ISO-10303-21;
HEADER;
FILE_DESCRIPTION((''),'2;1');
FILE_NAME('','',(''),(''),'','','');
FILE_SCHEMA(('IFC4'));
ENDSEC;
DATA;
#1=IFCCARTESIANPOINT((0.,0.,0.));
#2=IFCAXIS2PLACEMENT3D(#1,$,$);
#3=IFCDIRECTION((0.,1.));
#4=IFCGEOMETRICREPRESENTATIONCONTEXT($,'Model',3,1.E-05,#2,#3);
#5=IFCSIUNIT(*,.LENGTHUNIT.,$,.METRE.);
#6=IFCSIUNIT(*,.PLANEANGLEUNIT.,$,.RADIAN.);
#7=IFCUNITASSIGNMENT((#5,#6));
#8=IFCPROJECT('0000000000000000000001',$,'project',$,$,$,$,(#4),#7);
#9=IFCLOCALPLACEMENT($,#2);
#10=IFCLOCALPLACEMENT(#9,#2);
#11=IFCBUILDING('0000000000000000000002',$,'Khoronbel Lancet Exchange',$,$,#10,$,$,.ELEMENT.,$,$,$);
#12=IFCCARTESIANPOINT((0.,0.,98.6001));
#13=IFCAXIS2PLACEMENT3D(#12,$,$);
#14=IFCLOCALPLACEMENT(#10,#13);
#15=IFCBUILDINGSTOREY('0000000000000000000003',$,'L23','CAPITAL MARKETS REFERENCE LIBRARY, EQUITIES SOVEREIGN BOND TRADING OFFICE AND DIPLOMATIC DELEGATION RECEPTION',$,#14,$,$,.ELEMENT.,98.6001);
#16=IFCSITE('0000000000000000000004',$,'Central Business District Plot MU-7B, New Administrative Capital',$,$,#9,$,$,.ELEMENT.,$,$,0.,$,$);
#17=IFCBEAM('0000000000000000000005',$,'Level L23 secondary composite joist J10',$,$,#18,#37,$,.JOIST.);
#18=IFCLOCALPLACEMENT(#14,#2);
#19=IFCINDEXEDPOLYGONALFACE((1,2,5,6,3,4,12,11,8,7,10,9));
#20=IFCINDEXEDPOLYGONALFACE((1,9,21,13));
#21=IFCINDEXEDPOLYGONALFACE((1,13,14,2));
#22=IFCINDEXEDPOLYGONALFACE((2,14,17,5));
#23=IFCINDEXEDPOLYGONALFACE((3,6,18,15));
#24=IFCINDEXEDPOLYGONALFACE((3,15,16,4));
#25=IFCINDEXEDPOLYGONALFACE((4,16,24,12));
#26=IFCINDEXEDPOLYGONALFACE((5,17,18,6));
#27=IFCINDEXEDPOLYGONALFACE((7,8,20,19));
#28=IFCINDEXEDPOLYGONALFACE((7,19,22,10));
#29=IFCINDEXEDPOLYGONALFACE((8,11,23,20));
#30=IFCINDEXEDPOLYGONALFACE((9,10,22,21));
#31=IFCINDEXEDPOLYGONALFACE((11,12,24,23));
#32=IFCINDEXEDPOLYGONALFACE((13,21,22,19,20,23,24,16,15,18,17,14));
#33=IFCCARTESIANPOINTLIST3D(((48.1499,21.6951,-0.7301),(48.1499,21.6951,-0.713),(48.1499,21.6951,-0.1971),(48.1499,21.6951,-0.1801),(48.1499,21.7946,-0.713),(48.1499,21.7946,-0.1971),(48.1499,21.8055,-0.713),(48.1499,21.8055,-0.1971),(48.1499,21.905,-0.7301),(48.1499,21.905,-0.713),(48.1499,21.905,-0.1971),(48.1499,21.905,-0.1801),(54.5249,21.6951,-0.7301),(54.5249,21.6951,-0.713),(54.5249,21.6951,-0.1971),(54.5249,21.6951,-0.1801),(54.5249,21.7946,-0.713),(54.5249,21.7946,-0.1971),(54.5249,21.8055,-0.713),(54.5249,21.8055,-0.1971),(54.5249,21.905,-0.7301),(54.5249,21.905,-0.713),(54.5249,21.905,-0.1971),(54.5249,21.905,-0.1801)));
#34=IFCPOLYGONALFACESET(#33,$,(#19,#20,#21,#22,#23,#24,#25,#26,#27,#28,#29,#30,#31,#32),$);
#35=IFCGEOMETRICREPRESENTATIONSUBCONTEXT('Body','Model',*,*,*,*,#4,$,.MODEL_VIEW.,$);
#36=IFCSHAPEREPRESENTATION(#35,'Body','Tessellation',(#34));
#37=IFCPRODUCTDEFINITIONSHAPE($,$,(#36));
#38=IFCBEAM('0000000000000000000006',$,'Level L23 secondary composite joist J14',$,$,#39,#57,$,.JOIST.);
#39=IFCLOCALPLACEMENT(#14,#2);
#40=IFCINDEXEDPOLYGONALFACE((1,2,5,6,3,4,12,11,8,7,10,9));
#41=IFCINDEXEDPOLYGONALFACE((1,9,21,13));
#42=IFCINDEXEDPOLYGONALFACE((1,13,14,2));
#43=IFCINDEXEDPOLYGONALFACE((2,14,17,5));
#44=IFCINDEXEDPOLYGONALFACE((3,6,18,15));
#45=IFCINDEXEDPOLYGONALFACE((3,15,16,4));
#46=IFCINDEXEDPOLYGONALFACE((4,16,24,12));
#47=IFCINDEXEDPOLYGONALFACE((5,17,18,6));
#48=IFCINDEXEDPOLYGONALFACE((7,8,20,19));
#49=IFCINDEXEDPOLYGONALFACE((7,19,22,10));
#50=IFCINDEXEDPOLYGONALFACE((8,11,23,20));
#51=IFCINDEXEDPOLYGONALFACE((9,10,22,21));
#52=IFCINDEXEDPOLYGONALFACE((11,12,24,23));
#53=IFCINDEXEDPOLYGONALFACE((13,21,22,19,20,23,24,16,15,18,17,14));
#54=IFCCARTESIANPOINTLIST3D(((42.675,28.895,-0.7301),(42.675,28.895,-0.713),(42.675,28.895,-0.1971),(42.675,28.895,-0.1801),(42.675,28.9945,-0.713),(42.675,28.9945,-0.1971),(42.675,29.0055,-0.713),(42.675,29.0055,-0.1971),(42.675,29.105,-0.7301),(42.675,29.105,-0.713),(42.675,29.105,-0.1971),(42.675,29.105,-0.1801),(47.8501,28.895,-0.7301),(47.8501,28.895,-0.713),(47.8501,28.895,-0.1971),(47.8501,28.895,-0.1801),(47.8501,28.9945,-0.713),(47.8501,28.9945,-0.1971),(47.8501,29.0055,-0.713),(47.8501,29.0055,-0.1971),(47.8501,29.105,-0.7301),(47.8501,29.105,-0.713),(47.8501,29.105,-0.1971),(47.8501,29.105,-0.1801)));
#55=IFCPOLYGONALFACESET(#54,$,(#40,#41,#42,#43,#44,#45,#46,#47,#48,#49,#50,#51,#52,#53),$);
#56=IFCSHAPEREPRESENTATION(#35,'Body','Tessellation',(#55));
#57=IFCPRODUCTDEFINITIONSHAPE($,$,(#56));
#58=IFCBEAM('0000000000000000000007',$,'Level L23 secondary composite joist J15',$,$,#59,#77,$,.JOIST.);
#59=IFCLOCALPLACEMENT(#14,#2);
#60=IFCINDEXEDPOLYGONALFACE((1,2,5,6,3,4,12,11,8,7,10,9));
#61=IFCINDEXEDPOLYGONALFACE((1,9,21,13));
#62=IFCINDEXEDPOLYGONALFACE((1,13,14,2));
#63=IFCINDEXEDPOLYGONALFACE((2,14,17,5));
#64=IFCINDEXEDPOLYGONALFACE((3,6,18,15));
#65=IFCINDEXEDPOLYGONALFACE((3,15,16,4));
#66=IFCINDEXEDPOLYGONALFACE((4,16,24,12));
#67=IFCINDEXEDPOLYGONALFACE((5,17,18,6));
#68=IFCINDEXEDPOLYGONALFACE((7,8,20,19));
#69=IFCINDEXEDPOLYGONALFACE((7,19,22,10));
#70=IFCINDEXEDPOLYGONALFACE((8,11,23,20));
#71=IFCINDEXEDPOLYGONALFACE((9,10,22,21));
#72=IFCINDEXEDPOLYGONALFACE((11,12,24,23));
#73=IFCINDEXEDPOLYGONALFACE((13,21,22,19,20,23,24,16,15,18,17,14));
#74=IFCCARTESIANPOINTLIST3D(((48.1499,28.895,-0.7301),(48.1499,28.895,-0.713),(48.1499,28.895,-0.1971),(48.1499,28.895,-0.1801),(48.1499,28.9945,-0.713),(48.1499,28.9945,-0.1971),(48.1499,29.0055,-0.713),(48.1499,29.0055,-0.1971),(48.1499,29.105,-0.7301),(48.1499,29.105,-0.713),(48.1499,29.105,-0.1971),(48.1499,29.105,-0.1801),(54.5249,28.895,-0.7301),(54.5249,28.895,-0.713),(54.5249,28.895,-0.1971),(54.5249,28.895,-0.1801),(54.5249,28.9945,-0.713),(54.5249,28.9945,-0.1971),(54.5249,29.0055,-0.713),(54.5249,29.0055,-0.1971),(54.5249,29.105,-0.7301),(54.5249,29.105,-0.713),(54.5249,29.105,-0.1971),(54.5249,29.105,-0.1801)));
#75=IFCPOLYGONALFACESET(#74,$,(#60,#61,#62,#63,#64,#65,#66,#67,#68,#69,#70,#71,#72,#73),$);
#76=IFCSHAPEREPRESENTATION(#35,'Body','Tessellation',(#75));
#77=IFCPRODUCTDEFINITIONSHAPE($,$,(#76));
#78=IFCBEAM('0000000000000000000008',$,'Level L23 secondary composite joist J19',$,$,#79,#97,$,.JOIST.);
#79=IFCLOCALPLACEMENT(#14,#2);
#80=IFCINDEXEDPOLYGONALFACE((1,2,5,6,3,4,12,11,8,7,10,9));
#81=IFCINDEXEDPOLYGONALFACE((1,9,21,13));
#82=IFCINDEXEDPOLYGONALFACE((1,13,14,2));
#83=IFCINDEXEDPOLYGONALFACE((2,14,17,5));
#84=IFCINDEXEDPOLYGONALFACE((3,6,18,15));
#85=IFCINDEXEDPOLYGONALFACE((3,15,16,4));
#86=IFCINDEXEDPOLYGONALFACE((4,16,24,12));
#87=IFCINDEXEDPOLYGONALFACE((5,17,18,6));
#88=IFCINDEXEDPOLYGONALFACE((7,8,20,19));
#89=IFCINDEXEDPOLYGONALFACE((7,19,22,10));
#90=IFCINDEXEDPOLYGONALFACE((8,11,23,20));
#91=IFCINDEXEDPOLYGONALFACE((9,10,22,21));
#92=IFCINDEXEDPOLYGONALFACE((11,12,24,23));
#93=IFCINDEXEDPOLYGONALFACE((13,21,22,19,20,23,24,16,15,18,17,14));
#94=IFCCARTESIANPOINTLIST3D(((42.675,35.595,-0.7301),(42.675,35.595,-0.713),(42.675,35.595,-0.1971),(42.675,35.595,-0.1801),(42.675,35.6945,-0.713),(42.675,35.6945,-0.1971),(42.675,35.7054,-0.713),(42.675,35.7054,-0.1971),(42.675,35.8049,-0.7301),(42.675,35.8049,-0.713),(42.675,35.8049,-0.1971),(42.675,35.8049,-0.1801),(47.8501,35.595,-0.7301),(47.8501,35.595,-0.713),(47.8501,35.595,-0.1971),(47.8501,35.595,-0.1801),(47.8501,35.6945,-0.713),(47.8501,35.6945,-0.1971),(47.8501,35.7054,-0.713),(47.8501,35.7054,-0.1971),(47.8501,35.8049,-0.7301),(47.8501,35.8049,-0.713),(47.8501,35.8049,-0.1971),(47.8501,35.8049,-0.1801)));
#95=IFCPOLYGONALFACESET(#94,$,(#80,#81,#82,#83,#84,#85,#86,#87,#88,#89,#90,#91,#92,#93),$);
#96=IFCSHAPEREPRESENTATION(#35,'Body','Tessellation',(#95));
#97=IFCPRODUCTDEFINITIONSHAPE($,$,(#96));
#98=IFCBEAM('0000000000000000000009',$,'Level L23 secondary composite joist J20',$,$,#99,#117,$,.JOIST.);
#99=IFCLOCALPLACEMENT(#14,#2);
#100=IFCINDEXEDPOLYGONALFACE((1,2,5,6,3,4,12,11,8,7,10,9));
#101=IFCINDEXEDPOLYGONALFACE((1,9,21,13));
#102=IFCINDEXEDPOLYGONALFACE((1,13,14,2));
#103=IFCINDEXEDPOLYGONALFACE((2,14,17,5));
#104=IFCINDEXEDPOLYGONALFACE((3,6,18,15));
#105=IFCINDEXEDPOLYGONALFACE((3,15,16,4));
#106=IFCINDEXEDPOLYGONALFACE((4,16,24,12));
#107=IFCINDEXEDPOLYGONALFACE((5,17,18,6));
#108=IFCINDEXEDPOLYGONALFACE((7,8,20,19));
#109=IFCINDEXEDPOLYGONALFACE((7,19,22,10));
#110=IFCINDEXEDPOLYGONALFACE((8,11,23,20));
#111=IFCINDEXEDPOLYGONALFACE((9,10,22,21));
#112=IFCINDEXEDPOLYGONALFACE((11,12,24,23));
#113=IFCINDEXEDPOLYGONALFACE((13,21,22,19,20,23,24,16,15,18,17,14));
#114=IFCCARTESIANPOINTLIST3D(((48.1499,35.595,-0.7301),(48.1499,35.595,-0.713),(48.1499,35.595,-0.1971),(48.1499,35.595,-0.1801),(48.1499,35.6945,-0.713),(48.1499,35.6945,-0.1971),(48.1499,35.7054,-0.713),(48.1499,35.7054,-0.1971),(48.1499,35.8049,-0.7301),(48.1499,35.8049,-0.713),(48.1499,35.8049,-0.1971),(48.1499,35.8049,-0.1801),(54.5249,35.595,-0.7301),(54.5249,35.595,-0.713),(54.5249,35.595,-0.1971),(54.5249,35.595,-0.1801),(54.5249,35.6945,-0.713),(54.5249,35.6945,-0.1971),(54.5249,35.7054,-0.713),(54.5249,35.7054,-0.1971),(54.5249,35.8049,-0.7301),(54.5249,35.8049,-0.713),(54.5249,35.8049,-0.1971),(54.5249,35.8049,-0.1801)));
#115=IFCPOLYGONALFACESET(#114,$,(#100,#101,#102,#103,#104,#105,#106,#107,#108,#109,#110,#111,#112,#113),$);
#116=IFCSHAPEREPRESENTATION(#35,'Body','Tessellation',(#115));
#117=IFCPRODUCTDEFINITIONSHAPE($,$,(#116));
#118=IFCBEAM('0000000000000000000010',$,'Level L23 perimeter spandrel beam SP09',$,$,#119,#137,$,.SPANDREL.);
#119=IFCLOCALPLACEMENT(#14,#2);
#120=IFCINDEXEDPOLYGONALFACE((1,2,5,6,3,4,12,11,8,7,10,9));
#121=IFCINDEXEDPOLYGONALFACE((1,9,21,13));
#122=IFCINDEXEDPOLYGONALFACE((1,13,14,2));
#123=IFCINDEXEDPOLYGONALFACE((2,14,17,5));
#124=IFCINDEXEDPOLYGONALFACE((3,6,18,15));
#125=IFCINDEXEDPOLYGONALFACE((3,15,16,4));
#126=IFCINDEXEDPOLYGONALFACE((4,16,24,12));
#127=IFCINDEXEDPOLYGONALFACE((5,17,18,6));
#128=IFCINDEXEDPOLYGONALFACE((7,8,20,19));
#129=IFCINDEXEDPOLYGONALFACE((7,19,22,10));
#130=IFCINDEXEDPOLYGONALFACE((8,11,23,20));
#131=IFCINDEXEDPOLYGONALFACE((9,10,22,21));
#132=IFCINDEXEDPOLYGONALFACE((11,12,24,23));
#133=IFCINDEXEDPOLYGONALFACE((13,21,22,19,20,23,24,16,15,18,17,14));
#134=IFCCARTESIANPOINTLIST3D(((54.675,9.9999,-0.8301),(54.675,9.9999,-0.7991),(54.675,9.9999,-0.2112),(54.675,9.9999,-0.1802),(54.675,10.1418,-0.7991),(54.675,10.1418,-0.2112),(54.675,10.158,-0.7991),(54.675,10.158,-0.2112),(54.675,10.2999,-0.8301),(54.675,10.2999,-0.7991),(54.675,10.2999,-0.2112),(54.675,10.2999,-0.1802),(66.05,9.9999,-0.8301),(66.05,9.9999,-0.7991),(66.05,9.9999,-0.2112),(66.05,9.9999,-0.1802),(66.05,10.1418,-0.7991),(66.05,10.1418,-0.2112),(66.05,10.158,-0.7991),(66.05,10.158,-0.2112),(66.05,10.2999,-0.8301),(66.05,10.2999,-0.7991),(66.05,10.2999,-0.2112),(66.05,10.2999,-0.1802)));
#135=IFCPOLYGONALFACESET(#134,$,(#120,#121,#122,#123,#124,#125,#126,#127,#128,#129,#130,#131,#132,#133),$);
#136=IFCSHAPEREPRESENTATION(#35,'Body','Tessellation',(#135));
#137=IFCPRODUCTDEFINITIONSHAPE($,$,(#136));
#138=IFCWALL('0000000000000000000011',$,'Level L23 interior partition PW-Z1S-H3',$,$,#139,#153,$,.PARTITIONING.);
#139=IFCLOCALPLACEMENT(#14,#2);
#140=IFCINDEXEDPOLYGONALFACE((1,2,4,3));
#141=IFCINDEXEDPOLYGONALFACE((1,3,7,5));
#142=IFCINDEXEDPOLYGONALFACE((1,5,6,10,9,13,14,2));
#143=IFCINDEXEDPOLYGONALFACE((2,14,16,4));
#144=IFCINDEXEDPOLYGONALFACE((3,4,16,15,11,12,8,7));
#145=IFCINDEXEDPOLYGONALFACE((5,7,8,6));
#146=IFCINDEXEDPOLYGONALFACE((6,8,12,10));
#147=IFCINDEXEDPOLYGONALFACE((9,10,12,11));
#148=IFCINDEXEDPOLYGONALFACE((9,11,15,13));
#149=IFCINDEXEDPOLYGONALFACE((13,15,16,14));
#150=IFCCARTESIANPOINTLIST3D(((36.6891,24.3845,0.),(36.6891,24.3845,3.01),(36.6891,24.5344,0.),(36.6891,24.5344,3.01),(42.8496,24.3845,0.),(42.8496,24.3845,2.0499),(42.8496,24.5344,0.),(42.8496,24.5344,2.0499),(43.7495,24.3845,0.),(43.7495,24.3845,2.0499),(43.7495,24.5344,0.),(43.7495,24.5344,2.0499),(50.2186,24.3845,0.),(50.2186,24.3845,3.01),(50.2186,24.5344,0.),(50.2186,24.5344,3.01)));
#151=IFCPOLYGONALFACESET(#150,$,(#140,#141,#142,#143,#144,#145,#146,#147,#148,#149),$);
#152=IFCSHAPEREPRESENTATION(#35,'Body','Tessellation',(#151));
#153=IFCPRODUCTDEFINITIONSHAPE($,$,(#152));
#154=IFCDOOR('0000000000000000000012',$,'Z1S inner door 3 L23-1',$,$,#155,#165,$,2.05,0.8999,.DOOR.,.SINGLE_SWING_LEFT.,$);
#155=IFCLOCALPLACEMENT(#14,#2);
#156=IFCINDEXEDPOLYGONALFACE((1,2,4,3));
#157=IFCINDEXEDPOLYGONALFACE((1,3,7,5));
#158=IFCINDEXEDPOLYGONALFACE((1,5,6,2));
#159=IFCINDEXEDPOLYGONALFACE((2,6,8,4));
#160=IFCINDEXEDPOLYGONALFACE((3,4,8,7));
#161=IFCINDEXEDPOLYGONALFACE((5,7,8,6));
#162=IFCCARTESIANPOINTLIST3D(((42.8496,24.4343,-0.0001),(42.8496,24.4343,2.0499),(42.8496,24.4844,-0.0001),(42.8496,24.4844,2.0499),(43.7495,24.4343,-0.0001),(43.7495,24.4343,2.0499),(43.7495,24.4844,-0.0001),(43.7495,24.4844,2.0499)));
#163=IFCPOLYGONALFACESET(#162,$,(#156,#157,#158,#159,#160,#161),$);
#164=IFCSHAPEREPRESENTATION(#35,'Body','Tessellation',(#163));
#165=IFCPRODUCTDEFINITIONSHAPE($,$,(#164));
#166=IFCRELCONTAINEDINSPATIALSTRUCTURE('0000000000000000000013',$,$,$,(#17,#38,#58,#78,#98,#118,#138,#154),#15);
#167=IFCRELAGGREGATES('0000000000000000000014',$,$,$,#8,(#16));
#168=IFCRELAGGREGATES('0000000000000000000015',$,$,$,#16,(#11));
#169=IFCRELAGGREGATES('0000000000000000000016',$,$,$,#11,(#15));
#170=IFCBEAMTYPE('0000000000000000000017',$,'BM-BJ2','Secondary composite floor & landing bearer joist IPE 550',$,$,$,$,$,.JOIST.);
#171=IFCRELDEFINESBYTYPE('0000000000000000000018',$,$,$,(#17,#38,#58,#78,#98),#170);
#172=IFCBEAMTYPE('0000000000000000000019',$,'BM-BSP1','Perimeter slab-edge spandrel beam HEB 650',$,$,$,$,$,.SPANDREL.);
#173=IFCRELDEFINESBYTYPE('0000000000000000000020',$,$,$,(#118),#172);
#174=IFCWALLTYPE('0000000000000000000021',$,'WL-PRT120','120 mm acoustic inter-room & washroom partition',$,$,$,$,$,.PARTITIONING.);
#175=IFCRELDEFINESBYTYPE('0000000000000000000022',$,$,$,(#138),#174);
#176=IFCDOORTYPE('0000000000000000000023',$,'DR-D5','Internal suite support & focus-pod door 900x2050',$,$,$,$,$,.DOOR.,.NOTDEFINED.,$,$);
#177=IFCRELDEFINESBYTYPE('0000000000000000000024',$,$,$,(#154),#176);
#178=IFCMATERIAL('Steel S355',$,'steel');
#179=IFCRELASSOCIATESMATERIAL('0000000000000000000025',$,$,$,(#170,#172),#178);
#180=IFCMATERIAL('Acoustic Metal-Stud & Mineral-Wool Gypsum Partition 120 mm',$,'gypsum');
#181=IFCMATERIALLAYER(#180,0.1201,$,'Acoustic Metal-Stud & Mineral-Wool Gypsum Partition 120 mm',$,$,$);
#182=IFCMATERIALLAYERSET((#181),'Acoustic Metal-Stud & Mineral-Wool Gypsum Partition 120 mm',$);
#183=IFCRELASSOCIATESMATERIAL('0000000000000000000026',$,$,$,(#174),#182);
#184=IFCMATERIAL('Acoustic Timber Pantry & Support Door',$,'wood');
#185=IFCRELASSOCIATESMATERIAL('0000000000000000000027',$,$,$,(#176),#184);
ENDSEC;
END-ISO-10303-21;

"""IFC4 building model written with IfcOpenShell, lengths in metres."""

from ifc_helpers import new_model, si_unit, direction, frame, frame_2d, origin, origin_2d, place, context, subcontext, project, spatial, rectangle, i_section, extrude, material, layer, layer_set, material_profile, profile_set, type_object, element, fill, save


model = new_model("IFC4")

# Units and contexts
model_context = context("Model", 3, precision=1e-05, world=origin(), true_north=direction((0.0, 1.0)))
body_context = subcontext(model_context, "Body", "Model", "MODEL_VIEW")
ifc_project = project(units=[si_unit("LENGTHUNIT", "METRE"), si_unit("PLANEANGLEUNIT", "RADIAN")], contexts=[model_context])

# Site, building, storey
site_placement = place(None, origin())
site = spatial("IfcSite", under=ifc_project, at=site_placement, Name="Central Business District Plot MU-7B, New Administrative Capital", CompositionType="ELEMENT", RefElevation=0.0)
building_placement = place(site_placement, origin())
building = spatial("IfcBuilding", under=site, at=building_placement, Name="Khoronbel Lancet Exchange", CompositionType="ELEMENT")
storey_placement = place(building_placement, frame((0.0, 0.0, 98.6001)))
storey = spatial("IfcBuildingStorey", under=building, at=storey_placement, Name="L23", Description="CAPITAL MARKETS REFERENCE LIBRARY, EQUITIES SOVEREIGN BOND TRADING OFFICE AND DIPLOMATIC DELEGATION RECEPTION", CompositionType="ELEMENT", Elevation=98.6001)

# Beams
ifc_material_1 = material(Name="Steel S355", Category="steel")
ifc_material_profile_1 = material_profile(ifc_material_1, i_section(OverallWidth=0.21, OverallDepth=0.55, WebThickness=0.011, FlangeThickness=0.0171, at=origin_2d()), Name="IPE 550")
ifc_profile_set_1 = profile_set([ifc_material_profile_1], Name="Steel S355")
beam_type_1 = type_object("IfcBeamType", Name="BM-BJ2", Description="Secondary composite floor & landing bearer joist IPE 550", PredefinedType="JOIST", material=ifc_profile_set_1)
beam_1_placement = place(storey_placement, frame((48.1499, 21.8, -0.4551), z_axis=(1.0, 0.0, 0.0), x_axis=(0.0, 1.0, 0.0)))
element("IfcBeam", 1, at=beam_1_placement, inside=storey, type_object=beam_type_1, Name="Level L23 secondary composite joist J10", PredefinedType="JOIST", context=body_context, shape_type="SweptSolid", body=[
    extrude(i_section(OverallWidth=0.21, OverallDepth=0.55, WebThickness=0.011, FlangeThickness=0.0171, at=origin_2d()), origin(), (0.0, 0.0, 1.0), 6.375),
])
beam_2_placement = place(storey_placement, frame((42.675, 29.0, -0.4551), z_axis=(1.0, 0.0, 0.0), x_axis=(0.0, 1.0, 0.0)))
element("IfcBeam", 2, at=beam_2_placement, inside=storey, type_object=beam_type_1, Name="Level L23 secondary composite joist J14", PredefinedType="JOIST", context=body_context, shape_type="SweptSolid", body=[
    extrude(i_section(OverallWidth=0.21, OverallDepth=0.55, WebThickness=0.011, FlangeThickness=0.0171, at=origin_2d()), origin(), (0.0, 0.0, 1.0), 5.175),
])
beam_3_placement = place(storey_placement, frame((48.1499, 29.0, -0.4551), z_axis=(1.0, 0.0, 0.0), x_axis=(0.0, 1.0, 0.0)))
element("IfcBeam", 3, at=beam_3_placement, inside=storey, type_object=beam_type_1, Name="Level L23 secondary composite joist J15", PredefinedType="JOIST", context=body_context, shape_type="SweptSolid", body=[
    extrude(i_section(OverallWidth=0.21, OverallDepth=0.55, WebThickness=0.011, FlangeThickness=0.0171, at=origin_2d()), origin(), (0.0, 0.0, 1.0), 6.375),
])
beam_4_placement = place(storey_placement, frame((42.675, 35.7, -0.4551), z_axis=(1.0, 0.0, 0.0), x_axis=(0.0, 1.0, 0.0)))
element("IfcBeam", 4, at=beam_4_placement, inside=storey, type_object=beam_type_1, Name="Level L23 secondary composite joist J19", PredefinedType="JOIST", context=body_context, shape_type="SweptSolid", body=[
    extrude(i_section(OverallWidth=0.21, OverallDepth=0.55, WebThickness=0.011, FlangeThickness=0.0171, at=origin_2d()), origin(), (0.0, 0.0, 1.0), 5.175),
])
beam_5_placement = place(storey_placement, frame((48.1499, 35.7, -0.4551), z_axis=(1.0, 0.0, 0.0), x_axis=(0.0, 1.0, 0.0)))
element("IfcBeam", 5, at=beam_5_placement, inside=storey, type_object=beam_type_1, Name="Level L23 secondary composite joist J20", PredefinedType="JOIST", context=body_context, shape_type="SweptSolid", body=[
    extrude(i_section(OverallWidth=0.21, OverallDepth=0.55, WebThickness=0.011, FlangeThickness=0.0171, at=origin_2d()), origin(), (0.0, 0.0, 1.0), 6.375),
])
ifc_material_profile_2 = material_profile(ifc_material_1, i_section(OverallWidth=0.3, OverallDepth=0.6499, WebThickness=0.0161, FlangeThickness=0.031, at=origin_2d()), Name="HEB 650")
ifc_profile_set_2 = profile_set([ifc_material_profile_2], Name="Steel S355")
beam_type_2 = type_object("IfcBeamType", Name="BM-BSP1", Description="Perimeter slab-edge spandrel beam HEB 650", PredefinedType="SPANDREL", material=ifc_profile_set_2)
beam_6_placement = place(storey_placement, frame((54.675, 10.1499, -0.5051), z_axis=(1.0, 0.0, 0.0), x_axis=(0.0, 1.0, 0.0)))
element("IfcBeam", 6, at=beam_6_placement, inside=storey, type_object=beam_type_2, Name="Level L23 perimeter spandrel beam SP09", PredefinedType="SPANDREL", context=body_context, shape_type="SweptSolid", body=[
    extrude(i_section(OverallWidth=0.3, OverallDepth=0.6499, WebThickness=0.0161, FlangeThickness=0.031, at=origin_2d()), origin(), (0.0, 0.0, 1.0), 11.375),
])

# Wall, opening, door
ifc_material_2 = material(Name="Acoustic Metal-Stud & Mineral-Wool Gypsum Partition 120 mm", Category="gypsum")
ifc_layer_1 = layer(ifc_material_2, 0.1201, Name="Acoustic Metal-Stud & Mineral-Wool Gypsum Partition 120 mm")
ifc_layer_set_1 = layer_set([ifc_layer_1], Name="Acoustic Metal-Stud & Mineral-Wool Gypsum Partition 120 mm")
wall_type_1 = type_object("IfcWallType", Name="WL-PRT120", Description="120 mm acoustic inter-room & washroom partition", PredefinedType="PARTITIONING", material=ifc_layer_set_1)
wall_1_placement = place(storey_placement, frame((36.6892, 24.4595, 0.0), z_axis=(0.0, 0.0, 1.0), x_axis=(1.0, 0.0, 0.0)))
wall_1 = element("IfcWall", 7, at=wall_1_placement, inside=storey, type_object=wall_type_1, Name="Level L23 interior partition PW-Z1S-H3", PredefinedType="PARTITIONING", context=body_context, shape_type="SweptSolid", body=[
    extrude(rectangle(XDim=13.5295, YDim=0.1499, at=frame_2d((6.7646, 0.0))), origin(), (0.0, 0.0, 1.0), 3.01),
])
opening_1_placement = place(wall_1_placement, frame((6.1604, 0.0, 0.0)))
opening_1 = element("IfcOpeningElement", 8, at=opening_1_placement, cuts=wall_1, PredefinedType="OPENING", context=body_context, shape_type="SweptSolid", body=[
    extrude(rectangle(XDim=0.8999, YDim=2.05, at=frame_2d((0.45, 1.0249))), frame((0.0, 0.085, 0.0), z_axis=(0.0, -1.0, 0.0), x_axis=(1.0, 0.0, 0.0)), (0.0, 0.0, 1.0), 0.1699),
])
ifc_material_3 = material(Name="Acoustic Timber Pantry & Support Door", Category="wood")
door_type_1 = type_object("IfcDoorType", Name="DR-D5", Description="Internal suite support & focus-pod door 900x2050", OperationType="NOTDEFINED", PredefinedType="DOOR", material=ifc_material_3)
door_1_placement = place(opening_1_placement, origin())
door_1 = element("IfcDoor", 9, at=door_1_placement, inside=storey, type_object=door_type_1, Name="Z1S inner door 3 L23-1", OperationType="SINGLE_SWING_LEFT", OverallHeight=2.05, OverallWidth=0.8999, PredefinedType="DOOR", context=body_context, shape_type="SweptSolid", body=[
    extrude(rectangle(XDim=0.8999, YDim=2.05, at=frame_2d((0.45, 1.0249))), frame((0.0, 0.0249, 0.0), z_axis=(0.0, -1.0, 0.0), x_axis=(1.0, 0.0, 0.0)), (0.0, 0.0, 1.0), 0.05),
])
fill(opening_1, door_1)

save(model, "model.ifc")
